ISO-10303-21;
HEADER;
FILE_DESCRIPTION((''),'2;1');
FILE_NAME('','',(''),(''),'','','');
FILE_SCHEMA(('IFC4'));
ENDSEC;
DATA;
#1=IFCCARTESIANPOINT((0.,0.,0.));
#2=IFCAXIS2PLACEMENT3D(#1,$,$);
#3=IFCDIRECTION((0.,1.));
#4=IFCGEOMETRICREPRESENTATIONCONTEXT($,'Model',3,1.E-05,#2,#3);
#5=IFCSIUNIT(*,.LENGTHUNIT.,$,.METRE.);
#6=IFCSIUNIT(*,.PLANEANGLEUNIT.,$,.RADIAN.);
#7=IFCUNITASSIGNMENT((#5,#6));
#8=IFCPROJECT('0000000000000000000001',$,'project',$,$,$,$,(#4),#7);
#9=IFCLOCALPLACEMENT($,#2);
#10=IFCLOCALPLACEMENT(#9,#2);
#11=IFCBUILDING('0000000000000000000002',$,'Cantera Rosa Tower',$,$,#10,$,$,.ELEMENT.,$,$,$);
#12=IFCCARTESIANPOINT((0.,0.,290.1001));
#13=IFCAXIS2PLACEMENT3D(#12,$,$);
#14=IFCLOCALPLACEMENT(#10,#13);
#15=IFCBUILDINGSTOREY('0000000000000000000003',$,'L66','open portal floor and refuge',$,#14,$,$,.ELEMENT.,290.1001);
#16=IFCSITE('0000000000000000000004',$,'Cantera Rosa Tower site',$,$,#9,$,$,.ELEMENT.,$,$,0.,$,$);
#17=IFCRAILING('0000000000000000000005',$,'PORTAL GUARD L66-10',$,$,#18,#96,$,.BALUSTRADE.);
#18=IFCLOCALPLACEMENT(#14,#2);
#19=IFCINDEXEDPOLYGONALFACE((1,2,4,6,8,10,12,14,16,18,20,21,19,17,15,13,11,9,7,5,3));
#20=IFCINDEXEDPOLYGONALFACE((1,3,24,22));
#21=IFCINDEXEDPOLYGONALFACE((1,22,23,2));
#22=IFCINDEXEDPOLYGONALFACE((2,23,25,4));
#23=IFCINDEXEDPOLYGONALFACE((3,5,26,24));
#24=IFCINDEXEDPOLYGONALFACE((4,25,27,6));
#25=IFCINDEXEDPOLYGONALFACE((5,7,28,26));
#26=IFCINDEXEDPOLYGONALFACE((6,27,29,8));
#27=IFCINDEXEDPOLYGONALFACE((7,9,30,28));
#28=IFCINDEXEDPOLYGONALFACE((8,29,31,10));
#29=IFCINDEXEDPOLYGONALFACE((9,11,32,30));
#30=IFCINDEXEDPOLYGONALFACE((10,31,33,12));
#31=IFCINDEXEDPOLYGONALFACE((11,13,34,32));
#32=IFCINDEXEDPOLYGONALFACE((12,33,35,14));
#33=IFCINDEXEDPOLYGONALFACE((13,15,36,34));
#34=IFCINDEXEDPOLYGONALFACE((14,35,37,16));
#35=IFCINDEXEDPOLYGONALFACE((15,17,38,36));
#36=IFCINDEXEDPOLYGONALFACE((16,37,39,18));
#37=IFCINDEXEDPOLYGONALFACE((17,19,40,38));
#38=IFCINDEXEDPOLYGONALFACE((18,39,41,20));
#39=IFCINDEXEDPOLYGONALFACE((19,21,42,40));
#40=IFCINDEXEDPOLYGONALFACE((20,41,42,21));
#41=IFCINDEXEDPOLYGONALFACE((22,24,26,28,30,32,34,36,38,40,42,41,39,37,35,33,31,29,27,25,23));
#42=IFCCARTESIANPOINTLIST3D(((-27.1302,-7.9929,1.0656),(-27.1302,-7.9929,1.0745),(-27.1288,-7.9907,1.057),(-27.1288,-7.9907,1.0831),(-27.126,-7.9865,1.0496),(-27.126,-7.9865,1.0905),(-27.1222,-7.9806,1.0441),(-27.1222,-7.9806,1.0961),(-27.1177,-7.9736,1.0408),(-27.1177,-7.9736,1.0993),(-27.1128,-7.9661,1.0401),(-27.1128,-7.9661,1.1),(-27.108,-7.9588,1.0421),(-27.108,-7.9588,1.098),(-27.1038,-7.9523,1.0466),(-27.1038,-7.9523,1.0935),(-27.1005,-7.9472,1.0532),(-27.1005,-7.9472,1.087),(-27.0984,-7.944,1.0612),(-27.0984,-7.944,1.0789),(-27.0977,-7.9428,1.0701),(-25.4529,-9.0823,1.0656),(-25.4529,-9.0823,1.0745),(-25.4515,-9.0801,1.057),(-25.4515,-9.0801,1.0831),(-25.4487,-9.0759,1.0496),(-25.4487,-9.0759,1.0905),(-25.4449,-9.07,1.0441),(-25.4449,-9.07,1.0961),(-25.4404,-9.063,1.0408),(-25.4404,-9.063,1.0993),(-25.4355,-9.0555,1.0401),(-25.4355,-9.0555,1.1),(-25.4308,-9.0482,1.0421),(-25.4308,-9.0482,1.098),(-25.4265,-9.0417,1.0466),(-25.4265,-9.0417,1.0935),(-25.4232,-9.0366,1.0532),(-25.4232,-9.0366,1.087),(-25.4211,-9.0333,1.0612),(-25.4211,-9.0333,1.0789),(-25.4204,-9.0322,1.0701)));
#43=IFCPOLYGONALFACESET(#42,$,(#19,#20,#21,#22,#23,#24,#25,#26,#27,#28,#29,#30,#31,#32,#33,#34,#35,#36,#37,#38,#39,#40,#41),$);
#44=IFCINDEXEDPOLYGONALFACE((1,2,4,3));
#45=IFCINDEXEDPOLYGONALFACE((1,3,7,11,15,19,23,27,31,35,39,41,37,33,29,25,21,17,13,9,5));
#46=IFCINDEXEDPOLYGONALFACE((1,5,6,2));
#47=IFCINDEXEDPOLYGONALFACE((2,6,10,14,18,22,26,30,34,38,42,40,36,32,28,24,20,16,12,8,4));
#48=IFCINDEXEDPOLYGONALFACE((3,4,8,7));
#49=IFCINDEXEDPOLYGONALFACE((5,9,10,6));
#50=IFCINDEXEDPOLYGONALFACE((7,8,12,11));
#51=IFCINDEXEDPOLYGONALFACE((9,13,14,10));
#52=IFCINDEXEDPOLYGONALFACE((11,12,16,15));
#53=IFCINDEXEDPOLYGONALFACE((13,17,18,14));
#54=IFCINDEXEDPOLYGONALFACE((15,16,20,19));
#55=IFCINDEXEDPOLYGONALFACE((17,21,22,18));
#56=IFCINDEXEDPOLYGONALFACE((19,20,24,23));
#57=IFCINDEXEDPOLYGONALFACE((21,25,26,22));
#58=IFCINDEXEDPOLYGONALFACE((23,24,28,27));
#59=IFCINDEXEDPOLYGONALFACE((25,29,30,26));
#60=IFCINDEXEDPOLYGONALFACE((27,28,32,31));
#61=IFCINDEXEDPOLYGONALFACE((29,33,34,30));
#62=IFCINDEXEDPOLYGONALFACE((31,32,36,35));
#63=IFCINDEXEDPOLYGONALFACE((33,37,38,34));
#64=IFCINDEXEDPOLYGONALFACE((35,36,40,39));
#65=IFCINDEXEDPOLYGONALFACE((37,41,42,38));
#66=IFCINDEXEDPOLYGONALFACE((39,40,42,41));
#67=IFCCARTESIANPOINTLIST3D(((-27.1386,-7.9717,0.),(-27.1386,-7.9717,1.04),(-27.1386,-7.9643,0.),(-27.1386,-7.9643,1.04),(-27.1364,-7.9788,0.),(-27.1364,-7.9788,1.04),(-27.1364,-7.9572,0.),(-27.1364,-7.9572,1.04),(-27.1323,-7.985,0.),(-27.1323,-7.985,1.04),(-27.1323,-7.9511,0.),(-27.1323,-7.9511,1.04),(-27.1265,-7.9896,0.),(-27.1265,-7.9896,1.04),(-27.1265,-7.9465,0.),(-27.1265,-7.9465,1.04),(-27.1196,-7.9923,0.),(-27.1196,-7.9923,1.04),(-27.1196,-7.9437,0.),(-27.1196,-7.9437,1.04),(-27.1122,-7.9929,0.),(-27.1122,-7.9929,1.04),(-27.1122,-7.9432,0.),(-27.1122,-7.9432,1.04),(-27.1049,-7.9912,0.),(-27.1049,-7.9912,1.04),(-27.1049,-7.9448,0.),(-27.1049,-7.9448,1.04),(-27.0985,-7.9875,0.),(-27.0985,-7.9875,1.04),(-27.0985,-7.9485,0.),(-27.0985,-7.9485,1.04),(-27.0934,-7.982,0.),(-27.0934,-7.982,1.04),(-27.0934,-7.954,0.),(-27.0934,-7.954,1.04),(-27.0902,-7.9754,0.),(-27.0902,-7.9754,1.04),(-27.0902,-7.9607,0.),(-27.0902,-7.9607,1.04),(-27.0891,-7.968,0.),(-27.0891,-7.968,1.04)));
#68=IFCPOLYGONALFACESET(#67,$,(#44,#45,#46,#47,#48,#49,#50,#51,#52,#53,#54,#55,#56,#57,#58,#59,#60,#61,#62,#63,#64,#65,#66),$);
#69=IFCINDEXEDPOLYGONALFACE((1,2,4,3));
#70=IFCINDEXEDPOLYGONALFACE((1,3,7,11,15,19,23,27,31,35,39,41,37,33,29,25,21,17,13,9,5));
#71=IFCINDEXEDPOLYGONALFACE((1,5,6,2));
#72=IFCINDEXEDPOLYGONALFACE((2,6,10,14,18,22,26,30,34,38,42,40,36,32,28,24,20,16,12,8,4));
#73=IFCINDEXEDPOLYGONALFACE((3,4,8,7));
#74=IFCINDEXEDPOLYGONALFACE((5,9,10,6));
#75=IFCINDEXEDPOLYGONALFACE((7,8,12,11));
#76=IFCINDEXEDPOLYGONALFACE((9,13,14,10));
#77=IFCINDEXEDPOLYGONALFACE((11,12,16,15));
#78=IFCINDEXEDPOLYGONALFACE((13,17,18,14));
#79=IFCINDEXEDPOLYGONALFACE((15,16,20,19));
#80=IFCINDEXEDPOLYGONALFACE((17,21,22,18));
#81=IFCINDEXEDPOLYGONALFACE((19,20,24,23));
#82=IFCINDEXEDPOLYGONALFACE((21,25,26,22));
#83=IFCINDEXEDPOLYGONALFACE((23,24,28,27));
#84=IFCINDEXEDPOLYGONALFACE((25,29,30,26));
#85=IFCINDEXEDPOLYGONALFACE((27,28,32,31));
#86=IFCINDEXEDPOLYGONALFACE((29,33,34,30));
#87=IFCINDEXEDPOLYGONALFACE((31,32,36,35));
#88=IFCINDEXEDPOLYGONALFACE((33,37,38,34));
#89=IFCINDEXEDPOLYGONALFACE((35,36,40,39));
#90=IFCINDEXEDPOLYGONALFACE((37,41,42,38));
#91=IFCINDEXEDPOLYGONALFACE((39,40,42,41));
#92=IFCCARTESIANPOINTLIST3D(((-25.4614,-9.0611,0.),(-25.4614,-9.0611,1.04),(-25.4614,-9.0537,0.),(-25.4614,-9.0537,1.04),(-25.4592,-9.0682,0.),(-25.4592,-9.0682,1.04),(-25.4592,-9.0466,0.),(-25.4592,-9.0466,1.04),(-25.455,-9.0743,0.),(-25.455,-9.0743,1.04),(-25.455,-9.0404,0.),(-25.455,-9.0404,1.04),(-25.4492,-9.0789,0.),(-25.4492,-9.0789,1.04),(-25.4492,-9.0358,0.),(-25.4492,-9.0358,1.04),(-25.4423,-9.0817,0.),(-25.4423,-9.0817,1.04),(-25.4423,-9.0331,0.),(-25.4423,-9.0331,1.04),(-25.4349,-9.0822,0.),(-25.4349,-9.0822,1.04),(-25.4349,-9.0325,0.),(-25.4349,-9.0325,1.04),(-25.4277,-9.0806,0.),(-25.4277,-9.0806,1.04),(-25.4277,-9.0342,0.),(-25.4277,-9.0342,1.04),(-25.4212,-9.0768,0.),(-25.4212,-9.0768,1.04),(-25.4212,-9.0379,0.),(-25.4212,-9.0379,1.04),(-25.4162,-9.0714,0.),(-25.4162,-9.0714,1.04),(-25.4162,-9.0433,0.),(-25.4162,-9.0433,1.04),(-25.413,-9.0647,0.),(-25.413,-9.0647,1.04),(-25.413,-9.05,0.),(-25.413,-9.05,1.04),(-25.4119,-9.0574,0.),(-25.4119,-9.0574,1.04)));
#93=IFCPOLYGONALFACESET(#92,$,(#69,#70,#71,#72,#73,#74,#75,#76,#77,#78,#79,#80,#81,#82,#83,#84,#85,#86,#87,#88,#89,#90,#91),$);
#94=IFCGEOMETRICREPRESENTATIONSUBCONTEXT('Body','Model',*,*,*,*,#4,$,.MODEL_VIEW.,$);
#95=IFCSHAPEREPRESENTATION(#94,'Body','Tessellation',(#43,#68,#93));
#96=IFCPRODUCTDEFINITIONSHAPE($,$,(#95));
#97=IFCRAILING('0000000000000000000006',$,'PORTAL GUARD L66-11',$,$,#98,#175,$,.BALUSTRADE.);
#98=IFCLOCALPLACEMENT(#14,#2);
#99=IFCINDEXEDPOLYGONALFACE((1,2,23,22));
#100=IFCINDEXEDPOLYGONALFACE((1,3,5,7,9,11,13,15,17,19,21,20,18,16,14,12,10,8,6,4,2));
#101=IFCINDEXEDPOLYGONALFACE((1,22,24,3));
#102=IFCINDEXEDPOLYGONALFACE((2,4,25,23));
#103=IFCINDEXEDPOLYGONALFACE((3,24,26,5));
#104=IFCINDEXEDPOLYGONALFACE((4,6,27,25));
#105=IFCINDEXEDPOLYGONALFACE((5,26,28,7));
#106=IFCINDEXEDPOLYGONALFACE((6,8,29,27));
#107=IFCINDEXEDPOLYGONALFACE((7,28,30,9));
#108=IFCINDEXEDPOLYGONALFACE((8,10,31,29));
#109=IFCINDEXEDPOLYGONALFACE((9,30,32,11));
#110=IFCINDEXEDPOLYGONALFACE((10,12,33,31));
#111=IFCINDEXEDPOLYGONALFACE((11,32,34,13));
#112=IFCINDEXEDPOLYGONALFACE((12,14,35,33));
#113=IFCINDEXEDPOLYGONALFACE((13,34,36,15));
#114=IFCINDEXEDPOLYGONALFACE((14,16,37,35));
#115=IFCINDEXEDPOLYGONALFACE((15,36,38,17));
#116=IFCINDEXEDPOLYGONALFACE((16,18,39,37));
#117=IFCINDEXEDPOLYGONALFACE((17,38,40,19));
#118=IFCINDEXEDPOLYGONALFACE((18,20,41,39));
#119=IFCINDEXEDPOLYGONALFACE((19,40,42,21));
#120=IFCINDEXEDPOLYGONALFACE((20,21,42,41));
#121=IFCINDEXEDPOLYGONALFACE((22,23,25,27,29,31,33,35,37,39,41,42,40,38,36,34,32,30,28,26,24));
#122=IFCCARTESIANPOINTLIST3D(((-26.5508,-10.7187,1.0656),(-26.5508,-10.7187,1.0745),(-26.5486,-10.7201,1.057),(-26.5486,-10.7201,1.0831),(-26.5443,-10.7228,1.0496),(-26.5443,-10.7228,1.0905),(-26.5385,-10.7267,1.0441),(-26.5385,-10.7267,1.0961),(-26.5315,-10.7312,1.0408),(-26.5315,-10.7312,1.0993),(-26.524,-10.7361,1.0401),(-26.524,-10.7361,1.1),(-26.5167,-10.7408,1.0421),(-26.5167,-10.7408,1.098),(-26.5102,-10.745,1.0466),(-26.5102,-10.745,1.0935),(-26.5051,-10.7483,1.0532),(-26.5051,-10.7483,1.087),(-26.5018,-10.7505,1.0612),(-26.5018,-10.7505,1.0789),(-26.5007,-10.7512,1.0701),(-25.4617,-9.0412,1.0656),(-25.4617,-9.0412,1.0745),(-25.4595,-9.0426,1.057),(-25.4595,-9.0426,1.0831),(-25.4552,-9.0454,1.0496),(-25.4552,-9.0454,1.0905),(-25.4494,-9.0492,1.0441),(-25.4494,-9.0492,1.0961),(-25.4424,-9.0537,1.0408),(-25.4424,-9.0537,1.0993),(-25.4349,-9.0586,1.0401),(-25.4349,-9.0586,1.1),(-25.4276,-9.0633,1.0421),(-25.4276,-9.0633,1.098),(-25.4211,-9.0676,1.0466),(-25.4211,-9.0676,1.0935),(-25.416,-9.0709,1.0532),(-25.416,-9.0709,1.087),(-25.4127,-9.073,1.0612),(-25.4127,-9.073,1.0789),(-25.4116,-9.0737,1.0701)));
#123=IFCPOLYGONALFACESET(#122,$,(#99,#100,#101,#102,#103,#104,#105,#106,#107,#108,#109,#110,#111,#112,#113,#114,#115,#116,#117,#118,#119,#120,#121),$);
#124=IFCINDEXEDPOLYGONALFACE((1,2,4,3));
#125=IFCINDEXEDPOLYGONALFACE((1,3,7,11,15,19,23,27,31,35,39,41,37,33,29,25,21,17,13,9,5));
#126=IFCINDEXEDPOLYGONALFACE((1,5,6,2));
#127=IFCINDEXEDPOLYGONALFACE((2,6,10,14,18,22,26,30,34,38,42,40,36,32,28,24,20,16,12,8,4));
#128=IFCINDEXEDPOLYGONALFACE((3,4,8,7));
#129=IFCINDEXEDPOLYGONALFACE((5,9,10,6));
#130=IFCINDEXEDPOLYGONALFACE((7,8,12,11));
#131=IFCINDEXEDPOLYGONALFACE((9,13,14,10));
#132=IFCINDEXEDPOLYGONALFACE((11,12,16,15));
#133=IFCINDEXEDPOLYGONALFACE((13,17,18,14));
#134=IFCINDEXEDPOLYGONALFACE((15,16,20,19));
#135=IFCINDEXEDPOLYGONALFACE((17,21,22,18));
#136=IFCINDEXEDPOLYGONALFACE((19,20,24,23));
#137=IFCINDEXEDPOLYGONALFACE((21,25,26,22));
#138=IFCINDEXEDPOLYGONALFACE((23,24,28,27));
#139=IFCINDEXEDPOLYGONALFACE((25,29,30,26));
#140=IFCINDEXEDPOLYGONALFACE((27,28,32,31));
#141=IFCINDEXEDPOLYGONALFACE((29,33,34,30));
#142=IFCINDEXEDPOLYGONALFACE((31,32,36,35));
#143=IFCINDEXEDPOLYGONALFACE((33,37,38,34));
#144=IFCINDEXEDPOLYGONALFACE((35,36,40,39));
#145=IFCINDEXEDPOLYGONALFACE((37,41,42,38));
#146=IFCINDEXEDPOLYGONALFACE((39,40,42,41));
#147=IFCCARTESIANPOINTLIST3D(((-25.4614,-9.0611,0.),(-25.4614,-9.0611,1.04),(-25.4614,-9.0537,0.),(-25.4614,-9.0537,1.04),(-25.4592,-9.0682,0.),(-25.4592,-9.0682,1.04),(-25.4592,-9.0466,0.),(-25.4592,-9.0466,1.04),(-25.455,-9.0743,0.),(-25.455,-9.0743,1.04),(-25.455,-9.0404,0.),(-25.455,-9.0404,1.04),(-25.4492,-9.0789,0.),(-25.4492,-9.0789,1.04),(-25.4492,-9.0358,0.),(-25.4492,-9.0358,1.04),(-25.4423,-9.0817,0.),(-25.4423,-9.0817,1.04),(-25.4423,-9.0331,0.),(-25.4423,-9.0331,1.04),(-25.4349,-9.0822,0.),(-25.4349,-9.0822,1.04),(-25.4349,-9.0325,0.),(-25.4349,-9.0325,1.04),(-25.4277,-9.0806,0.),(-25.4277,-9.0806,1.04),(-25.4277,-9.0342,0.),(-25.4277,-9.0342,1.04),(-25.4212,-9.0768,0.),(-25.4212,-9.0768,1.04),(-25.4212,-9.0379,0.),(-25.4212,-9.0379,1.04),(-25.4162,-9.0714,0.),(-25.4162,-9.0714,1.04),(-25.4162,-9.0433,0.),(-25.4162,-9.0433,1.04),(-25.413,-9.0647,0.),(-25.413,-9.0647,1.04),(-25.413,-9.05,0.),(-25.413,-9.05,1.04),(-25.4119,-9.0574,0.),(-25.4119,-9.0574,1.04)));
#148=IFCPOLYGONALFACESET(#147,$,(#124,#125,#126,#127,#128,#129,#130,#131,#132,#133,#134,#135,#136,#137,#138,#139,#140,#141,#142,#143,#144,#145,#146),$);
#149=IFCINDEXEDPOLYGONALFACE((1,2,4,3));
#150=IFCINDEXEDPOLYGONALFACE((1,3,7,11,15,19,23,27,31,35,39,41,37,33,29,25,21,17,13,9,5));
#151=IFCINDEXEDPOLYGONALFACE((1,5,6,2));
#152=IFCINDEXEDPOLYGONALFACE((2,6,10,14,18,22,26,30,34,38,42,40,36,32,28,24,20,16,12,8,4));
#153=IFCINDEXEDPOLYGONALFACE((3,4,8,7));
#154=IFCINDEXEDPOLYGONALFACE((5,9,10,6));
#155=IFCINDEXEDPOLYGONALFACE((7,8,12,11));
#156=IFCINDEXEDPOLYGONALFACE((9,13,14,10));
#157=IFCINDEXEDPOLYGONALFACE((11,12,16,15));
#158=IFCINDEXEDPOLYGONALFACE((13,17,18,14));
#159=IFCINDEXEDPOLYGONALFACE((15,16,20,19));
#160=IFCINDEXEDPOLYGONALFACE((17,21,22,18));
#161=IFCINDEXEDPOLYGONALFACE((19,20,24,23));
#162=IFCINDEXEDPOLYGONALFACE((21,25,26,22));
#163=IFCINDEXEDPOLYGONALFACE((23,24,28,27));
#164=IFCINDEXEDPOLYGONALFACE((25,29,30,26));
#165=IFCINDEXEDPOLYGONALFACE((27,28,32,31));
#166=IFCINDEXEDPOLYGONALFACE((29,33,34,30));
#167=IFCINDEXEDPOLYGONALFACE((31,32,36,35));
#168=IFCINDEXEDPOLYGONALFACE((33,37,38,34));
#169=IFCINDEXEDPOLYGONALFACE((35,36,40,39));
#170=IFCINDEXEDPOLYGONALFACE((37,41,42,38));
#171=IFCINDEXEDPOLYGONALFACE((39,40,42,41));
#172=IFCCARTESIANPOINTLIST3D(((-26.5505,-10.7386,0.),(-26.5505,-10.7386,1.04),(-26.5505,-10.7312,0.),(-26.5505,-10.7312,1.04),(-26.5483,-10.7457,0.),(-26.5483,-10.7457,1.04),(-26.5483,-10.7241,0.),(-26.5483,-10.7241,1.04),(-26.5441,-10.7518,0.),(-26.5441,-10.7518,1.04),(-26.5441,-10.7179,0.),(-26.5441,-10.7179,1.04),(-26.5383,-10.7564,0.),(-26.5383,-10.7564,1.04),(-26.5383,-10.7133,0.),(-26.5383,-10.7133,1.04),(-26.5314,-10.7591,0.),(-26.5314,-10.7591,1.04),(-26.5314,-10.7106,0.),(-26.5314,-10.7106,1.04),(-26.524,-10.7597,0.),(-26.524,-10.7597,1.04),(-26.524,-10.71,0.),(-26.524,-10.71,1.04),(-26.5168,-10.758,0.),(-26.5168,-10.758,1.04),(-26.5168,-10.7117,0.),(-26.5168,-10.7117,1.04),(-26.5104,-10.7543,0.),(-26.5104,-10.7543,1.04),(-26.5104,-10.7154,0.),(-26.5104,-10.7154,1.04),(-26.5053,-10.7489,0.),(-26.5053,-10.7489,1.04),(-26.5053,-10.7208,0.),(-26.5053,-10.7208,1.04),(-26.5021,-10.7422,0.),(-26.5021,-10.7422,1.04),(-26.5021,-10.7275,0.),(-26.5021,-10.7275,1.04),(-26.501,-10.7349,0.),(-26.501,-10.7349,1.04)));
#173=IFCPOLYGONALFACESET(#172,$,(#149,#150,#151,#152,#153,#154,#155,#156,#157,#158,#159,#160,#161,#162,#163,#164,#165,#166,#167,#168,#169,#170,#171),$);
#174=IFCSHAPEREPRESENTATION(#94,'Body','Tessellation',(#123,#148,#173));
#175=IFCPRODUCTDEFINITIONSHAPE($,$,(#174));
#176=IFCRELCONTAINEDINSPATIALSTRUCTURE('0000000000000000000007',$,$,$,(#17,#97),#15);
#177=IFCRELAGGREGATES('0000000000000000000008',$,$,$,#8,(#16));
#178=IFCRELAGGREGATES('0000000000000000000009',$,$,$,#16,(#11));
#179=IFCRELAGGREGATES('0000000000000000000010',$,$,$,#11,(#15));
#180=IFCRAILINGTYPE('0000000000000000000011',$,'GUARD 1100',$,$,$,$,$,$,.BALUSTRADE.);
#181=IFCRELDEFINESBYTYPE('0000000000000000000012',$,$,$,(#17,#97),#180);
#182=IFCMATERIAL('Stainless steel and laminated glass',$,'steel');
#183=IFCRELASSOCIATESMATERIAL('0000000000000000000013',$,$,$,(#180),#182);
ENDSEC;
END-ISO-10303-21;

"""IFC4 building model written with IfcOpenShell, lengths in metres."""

from ifc_helpers import new_model, si_unit, direction, frame, origin, origin_2d, place, context, subcontext, project, spatial, circle, extrude, material, type_object, element, save


model = new_model("IFC4")

# Units and contexts
model_context = context("Model", 3, precision=1e-05, world=origin(), true_north=direction((0.0, 1.0)))
body_context = subcontext(model_context, "Body", "Model", "MODEL_VIEW")
ifc_project = project(units=[si_unit("LENGTHUNIT", "METRE"), si_unit("PLANEANGLEUNIT", "RADIAN")], contexts=[model_context])

# Site, building, storey
site_placement = place(None, origin())
site = spatial("IfcSite", under=ifc_project, at=site_placement, Name="Cantera Rosa Tower site", CompositionType="ELEMENT", RefElevation=0.0)
building_placement = place(site_placement, origin())
building = spatial("IfcBuilding", under=site, at=building_placement, Name="Cantera Rosa Tower", CompositionType="ELEMENT")
storey_placement = place(building_placement, frame((0.0, 0.0, 290.1001)))
storey = spatial("IfcBuildingStorey", under=building, at=storey_placement, Name="L66", Description="open portal floor and refuge", CompositionType="ELEMENT", Elevation=290.1001)

# Railings
ifc_material_1 = material(Name="Stainless steel and laminated glass", Category="steel")
railing_type_1 = type_object("IfcRailingType", Name="GUARD 1100", PredefinedType="BALUSTRADE", material=ifc_material_1)
railing_1_placement = place(storey_placement, frame((-27.114, -7.968, 0.0)))
element("IfcRailing", 1, at=railing_1_placement, inside=storey, type_object=railing_type_1, Name="PORTAL GUARD L66-10", PredefinedType="BALUSTRADE", context=body_context, shape_type="SweptSolid", body=[
    extrude(circle(Radius=0.03, at=origin_2d()), frame((0.0, 0.0, 1.0701), z_axis=(0.838639, -0.544688, 0.0), x_axis=(0.544688, 0.838639, 0.0)), (0.0, 0.0, 1.0), 2.0),
    extrude(circle(Radius=0.0249, at=origin_2d()), origin(), (0.0, 0.0, 1.0), 1.04),
    extrude(circle(Radius=0.0249, at=origin_2d()), frame((1.6772, -1.0894, 0.0)), (0.0, 0.0, 1.0), 1.04),
])
railing_2_placement = place(storey_placement, frame((-25.4368, -9.0574, 0.0)))
element("IfcRailing", 2, at=railing_2_placement, inside=storey, type_object=railing_type_1, Name="PORTAL GUARD L66-11", PredefinedType="BALUSTRADE", context=body_context, shape_type="SweptSolid", body=[
    extrude(circle(Radius=0.03, at=origin_2d()), frame((0.0, 0.0, 1.0701), z_axis=(-0.544546, -0.838731, 0.0), x_axis=(0.838731, -0.544546, 0.0)), (0.0, 0.0, 1.0), 2.0),
    extrude(circle(Radius=0.0249, at=origin_2d()), origin(), (0.0, 0.0, 1.0), 1.04),
    extrude(circle(Radius=0.0249, at=origin_2d()), frame((-1.0891, -1.6775, 0.0)), (0.0, 0.0, 1.0), 1.04),
])

save(model, "model.ifc")
